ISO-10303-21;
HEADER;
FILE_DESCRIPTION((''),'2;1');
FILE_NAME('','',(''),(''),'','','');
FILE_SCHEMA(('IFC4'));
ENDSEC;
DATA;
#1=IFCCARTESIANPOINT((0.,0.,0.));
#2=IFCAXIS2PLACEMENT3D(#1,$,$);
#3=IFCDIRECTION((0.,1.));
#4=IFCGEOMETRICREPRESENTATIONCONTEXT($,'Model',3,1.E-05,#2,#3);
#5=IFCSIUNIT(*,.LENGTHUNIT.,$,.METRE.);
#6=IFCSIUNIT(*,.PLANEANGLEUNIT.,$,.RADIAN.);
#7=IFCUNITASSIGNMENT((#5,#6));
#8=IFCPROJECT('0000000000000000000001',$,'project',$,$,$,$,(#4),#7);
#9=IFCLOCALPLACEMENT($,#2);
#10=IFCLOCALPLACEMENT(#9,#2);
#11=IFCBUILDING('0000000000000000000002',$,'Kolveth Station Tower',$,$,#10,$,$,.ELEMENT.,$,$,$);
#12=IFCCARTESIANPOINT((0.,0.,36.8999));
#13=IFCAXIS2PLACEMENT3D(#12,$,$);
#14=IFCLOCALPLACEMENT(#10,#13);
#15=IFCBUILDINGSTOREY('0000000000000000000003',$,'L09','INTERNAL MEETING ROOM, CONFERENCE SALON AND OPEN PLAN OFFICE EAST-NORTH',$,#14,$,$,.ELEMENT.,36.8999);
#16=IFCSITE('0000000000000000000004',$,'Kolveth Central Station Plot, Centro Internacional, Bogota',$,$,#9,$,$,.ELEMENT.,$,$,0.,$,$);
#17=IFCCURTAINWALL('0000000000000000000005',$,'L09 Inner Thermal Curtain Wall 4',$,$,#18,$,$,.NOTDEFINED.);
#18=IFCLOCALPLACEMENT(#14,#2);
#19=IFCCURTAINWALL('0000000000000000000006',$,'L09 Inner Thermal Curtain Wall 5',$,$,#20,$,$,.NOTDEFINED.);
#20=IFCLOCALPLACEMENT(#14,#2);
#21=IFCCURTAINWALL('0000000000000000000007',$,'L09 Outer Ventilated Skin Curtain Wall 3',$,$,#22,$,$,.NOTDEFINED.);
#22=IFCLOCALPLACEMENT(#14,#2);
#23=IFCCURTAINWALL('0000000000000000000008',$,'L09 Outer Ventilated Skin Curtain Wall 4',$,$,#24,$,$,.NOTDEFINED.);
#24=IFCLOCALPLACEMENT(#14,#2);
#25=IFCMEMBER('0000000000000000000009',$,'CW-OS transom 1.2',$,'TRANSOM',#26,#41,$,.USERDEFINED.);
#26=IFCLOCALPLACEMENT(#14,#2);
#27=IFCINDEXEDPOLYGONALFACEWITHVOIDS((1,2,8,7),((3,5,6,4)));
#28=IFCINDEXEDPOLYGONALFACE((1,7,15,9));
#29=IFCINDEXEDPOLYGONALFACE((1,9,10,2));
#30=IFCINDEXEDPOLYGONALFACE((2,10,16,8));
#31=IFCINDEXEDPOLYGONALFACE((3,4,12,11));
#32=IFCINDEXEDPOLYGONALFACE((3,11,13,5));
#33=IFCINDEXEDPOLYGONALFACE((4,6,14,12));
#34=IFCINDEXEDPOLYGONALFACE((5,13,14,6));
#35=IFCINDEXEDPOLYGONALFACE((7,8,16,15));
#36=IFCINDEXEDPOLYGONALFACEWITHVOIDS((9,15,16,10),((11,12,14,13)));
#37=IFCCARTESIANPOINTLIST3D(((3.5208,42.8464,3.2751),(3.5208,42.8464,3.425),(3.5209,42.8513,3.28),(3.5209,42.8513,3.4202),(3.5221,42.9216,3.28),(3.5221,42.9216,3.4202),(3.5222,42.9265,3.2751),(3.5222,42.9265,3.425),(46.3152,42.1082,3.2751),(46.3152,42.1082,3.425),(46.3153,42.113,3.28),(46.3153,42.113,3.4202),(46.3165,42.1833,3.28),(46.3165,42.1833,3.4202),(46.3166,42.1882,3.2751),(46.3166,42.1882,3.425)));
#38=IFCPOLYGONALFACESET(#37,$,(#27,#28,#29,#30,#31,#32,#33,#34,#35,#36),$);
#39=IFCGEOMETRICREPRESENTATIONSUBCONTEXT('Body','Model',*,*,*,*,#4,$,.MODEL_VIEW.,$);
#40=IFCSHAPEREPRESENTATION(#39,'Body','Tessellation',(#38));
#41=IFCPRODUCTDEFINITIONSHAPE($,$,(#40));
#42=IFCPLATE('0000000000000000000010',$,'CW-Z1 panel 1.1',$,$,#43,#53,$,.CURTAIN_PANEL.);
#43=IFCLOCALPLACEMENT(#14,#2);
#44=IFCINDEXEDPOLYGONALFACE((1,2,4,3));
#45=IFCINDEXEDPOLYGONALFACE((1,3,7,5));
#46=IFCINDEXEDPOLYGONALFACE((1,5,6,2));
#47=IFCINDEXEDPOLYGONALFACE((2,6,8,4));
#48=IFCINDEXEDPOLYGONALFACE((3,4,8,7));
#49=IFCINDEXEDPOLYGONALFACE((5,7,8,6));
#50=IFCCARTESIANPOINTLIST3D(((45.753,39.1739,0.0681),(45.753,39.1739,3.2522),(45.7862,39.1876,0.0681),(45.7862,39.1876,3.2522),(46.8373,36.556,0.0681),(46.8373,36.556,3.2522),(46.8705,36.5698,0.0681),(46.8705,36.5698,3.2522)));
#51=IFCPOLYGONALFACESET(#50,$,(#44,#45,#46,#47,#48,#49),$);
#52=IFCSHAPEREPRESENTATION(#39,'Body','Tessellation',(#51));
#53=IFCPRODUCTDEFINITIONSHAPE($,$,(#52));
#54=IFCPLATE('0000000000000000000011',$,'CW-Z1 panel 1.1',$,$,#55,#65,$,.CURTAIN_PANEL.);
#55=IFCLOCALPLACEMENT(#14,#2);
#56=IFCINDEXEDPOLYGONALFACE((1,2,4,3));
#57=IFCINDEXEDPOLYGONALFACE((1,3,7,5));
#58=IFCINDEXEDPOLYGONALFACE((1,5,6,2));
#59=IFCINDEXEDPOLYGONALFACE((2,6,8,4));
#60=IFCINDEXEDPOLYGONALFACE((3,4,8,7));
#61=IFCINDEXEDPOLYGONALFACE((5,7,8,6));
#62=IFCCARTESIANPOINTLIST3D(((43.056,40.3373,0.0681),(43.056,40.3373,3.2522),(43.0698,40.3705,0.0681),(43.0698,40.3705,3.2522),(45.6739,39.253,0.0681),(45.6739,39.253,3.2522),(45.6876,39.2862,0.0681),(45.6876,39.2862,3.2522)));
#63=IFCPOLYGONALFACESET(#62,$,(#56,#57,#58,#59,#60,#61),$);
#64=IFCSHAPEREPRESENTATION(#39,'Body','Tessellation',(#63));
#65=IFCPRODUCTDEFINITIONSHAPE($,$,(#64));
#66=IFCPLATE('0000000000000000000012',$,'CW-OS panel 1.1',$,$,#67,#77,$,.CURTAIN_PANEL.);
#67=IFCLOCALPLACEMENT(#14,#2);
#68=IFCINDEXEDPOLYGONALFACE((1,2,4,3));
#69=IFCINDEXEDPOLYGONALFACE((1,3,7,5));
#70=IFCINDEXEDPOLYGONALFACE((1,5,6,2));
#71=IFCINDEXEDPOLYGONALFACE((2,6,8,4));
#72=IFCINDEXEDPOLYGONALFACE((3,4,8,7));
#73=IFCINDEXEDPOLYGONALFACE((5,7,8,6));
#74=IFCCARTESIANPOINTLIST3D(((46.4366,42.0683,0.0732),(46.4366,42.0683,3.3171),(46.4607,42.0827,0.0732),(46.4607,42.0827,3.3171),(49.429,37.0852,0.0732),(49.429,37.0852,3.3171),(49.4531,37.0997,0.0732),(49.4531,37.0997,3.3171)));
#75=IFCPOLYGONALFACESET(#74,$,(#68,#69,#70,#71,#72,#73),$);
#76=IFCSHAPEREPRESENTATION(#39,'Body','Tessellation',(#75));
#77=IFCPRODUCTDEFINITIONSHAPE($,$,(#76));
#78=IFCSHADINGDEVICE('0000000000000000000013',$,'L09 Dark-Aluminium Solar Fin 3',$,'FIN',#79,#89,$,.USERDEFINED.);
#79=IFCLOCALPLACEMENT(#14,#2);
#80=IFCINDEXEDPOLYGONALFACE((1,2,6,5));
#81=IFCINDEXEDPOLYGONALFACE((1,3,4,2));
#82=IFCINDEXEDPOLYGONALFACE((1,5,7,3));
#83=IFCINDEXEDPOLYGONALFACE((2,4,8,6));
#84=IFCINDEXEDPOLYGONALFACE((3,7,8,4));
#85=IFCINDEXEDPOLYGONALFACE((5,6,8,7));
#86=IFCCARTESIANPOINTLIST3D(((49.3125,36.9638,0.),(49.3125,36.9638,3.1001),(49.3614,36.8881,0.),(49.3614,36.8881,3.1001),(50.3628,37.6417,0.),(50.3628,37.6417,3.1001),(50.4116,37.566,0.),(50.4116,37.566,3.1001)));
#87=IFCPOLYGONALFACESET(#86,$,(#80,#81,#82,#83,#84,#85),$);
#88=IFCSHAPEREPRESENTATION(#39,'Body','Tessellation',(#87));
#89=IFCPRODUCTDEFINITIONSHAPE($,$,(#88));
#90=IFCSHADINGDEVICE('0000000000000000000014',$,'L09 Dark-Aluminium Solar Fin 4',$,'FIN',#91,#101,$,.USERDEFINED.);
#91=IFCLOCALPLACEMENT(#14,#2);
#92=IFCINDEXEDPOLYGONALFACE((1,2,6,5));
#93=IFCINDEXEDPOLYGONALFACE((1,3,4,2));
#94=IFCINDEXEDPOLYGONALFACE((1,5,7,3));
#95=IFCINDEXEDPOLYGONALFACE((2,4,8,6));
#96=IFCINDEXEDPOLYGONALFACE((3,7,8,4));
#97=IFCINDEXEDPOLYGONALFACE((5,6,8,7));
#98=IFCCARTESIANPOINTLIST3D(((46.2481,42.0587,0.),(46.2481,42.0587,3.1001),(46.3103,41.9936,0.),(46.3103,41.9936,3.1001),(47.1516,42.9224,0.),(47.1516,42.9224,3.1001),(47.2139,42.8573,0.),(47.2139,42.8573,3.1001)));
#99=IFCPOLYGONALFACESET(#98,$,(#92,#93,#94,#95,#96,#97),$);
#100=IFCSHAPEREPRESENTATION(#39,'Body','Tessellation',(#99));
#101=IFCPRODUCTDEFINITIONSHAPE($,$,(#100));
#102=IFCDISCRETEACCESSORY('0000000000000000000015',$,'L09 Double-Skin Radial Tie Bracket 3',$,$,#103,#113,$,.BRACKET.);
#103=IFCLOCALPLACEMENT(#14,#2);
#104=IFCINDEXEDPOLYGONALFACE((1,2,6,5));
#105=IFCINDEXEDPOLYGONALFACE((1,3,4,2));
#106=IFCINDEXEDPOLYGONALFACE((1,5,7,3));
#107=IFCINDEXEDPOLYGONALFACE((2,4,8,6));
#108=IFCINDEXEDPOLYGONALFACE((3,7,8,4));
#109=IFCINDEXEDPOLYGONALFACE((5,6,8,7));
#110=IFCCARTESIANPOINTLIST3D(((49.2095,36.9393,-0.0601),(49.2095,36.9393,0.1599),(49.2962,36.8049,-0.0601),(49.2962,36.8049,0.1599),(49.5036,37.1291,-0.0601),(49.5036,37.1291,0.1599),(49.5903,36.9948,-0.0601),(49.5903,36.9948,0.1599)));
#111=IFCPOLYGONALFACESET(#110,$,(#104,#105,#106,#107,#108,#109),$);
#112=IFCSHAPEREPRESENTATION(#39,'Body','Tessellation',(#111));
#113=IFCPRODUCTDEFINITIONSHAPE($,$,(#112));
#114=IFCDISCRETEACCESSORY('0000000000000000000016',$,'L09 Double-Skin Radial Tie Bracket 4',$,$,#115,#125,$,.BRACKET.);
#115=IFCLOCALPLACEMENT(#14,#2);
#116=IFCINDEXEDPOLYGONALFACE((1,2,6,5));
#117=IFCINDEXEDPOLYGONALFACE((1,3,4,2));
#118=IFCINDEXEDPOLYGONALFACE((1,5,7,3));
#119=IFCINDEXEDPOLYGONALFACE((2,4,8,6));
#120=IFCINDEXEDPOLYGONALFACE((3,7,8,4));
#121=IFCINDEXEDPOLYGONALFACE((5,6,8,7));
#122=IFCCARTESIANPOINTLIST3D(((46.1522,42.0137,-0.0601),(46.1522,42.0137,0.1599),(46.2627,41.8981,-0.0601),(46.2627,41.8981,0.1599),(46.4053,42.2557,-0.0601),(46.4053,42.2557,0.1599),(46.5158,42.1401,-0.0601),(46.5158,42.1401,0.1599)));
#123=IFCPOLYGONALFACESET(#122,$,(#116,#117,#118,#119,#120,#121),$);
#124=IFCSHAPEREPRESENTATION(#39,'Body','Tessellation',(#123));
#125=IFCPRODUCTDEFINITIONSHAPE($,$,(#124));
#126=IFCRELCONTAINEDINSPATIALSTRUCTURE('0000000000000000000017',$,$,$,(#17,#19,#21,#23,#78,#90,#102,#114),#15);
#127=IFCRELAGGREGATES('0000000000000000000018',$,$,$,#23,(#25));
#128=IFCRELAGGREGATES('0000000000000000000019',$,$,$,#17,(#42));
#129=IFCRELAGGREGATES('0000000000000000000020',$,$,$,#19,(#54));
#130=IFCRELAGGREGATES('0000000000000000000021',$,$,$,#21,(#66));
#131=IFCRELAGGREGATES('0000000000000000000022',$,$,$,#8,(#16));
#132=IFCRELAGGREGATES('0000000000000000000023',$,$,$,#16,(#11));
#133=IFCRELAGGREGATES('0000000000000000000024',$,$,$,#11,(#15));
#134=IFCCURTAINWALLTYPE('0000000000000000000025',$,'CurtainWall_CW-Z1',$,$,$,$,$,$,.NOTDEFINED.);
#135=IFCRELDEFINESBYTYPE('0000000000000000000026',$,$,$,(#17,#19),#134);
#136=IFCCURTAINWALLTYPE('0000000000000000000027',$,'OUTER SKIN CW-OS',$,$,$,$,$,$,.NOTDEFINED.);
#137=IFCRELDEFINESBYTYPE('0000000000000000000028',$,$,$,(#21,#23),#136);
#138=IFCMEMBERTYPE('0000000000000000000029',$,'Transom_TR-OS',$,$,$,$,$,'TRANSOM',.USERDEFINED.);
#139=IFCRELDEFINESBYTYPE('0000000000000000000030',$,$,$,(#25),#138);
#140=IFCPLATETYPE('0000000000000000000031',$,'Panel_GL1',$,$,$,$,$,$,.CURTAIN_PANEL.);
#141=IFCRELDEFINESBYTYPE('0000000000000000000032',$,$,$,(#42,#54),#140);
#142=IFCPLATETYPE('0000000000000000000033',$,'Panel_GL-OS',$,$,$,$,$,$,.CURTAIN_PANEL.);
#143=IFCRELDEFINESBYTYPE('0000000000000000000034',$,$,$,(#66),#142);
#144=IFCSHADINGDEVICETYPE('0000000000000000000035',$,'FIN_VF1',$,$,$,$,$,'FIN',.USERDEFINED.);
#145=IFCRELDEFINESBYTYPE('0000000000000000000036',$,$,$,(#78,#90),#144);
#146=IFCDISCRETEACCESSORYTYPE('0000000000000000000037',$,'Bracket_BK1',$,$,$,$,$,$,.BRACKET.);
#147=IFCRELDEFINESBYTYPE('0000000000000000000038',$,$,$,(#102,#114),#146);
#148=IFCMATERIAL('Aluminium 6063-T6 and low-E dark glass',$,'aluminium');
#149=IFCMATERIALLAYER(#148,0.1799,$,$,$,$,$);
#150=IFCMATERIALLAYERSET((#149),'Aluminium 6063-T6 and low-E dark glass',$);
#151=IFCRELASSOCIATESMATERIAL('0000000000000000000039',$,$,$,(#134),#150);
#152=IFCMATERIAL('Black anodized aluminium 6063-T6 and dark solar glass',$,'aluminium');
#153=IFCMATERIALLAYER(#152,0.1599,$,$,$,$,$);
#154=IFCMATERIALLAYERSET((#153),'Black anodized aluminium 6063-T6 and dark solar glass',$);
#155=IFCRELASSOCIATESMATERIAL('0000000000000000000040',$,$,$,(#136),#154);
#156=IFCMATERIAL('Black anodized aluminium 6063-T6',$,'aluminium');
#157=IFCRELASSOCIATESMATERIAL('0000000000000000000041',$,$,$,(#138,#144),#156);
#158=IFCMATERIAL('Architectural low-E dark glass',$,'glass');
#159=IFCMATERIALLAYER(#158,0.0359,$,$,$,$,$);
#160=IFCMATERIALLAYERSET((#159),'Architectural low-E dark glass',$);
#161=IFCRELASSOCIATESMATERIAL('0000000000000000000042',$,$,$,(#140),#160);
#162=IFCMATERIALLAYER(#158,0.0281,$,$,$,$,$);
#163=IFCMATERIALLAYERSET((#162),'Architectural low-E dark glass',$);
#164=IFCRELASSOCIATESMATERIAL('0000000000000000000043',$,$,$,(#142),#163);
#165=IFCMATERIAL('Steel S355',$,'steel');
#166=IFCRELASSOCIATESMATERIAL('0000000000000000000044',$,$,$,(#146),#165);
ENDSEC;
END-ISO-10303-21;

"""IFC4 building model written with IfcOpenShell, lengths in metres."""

from ifc_helpers import new_model, si_unit, direction, frame, origin, origin_2d, place, context, subcontext, project, spatial, rectangle, hollow_rectangle, extrude, source, transform, mapped, material, layer, layer_set, material_profile, profile_set, type_object, element, aggregate, save


model = new_model("IFC4")

# Units and contexts
model_context = context("Model", 3, precision=1e-05, world=origin(), true_north=direction((0.0, 1.0)))
body_context = subcontext(model_context, "Body", "Model", "MODEL_VIEW")
ifc_project = project(units=[si_unit("LENGTHUNIT", "METRE"), si_unit("PLANEANGLEUNIT", "RADIAN")], contexts=[model_context])

# Site, building, storey
site_placement = place(None, origin())
site = spatial("IfcSite", under=ifc_project, at=site_placement, Name="Kolveth Central Station Plot, Centro Internacional, Bogota", CompositionType="ELEMENT", RefElevation=0.0)
building_placement = place(site_placement, origin())
building = spatial("IfcBuilding", under=site, at=building_placement, Name="Kolveth Station Tower", CompositionType="ELEMENT")
storey_placement = place(building_placement, frame((0.0, 0.0, 36.8999)))
storey = spatial("IfcBuildingStorey", under=building, at=storey_placement, Name="L09", Description="INTERNAL MEETING ROOM, CONFERENCE SALON AND OPEN PLAN OFFICE EAST-NORTH", CompositionType="ELEMENT", Elevation=36.8999)

# Shared definitions
ifc_material_1 = material(Name="Steel S355", Category="steel")

# Curtain wall
ifc_material_2 = material(Name="Aluminium 6063-T6 and low-E dark glass", Category="aluminium")
ifc_layer_1 = layer(ifc_material_2, 0.1799)
ifc_layer_set_1 = layer_set([ifc_layer_1], Name="Aluminium 6063-T6 and low-E dark glass")
curtain_wall_type_1 = type_object("IfcCurtainWallType", Name="CurtainWall_CW-Z1", PredefinedType="NOTDEFINED", material=ifc_layer_set_1)
curtain_wall_1_placement = place(storey_placement, origin())
curtain_wall_1 = element("IfcCurtainWall", 1, at=curtain_wall_1_placement, inside=storey, type_object=curtain_wall_type_1, Name="L09 Inner Thermal Curtain Wall 4", PredefinedType="NOTDEFINED")
ifc_material_3 = material(Name="Black anodized aluminium 6063-T6", Category="aluminium")

# Curtain wall
curtain_wall_2_placement = place(storey_placement, origin())
curtain_wall_2 = element("IfcCurtainWall", 2, at=curtain_wall_2_placement, inside=storey, type_object=curtain_wall_type_1, Name="L09 Inner Thermal Curtain Wall 5", PredefinedType="NOTDEFINED")

# Shared definitions
ifc_material_4 = material(Name="Black anodized aluminium 6063-T6 and dark solar glass", Category="aluminium")
ifc_layer_2 = layer(ifc_material_4, 0.1599)
ifc_layer_set_2 = layer_set([ifc_layer_2], Name="Black anodized aluminium 6063-T6 and dark solar glass")
curtain_wall_type_2 = type_object("IfcCurtainWallType", Name="OUTER SKIN CW-OS", PredefinedType="NOTDEFINED", material=ifc_layer_set_2)

# Curtain wall
curtain_wall_3_placement = place(storey_placement, origin())
curtain_wall_3 = element("IfcCurtainWall", 3, at=curtain_wall_3_placement, inside=storey, type_object=curtain_wall_type_2, Name="L09 Outer Ventilated Skin Curtain Wall 3", PredefinedType="NOTDEFINED")

# Curtain wall
curtain_wall_4_placement = place(storey_placement, origin())
curtain_wall_4 = element("IfcCurtainWall", 4, at=curtain_wall_4_placement, inside=storey, type_object=curtain_wall_type_2, Name="L09 Outer Ventilated Skin Curtain Wall 4", PredefinedType="NOTDEFINED")

# Member
ifc_material_profile_1 = material_profile(ifc_material_3, hollow_rectangle(XDim=0.0801, YDim=0.1499, WallThickness=0.0049, at=origin_2d()), Name="ALU-80x150x5")
ifc_profile_set_1 = profile_set([ifc_material_profile_1], Name="Black anodized aluminium 6063-T6")
member_type_1 = type_object("IfcMemberType", Name="Transom_TR-OS", ElementType="TRANSOM", PredefinedType="USERDEFINED", material=ifc_profile_set_1)
shared_shape_1 = source(origin(), body_context, "Body", "SweptSolid", [
    extrude(hollow_rectangle(XDim=0.0801, YDim=0.1499, WallThickness=0.0049, at=origin_2d()), origin(), (0.0, 0.0, 1.0), 42.8008),
])
member_1_placement = place(storey_placement, frame((46.3159, 42.1482, 3.3501), z_axis=(-0.999851, 0.017249, 0.0), x_axis=(-0.017249, -0.999851, 0.0)))
member_1 = element("IfcMember", 5, at=member_1_placement, type_object=member_type_1, Name="CW-OS transom 1.2", ObjectType="TRANSOM", PredefinedType="USERDEFINED", context=body_context, shape_type="MappedRepresentation", body=[
    mapped(shared_shape_1, transform((0.0, 0.0, 0.0), x_axis=(1.0, 0.0, 0.0), y_axis=(0.0, 1.0, 0.0), z_axis=(0.0, 0.0, 1.0), scale=1.0)),
])
aggregate(curtain_wall_4, [member_1])

# Plates
ifc_material_5 = material(Name="Architectural low-E dark glass", Category="glass")
ifc_layer_3 = layer(ifc_material_5, 0.0359)
ifc_layer_set_3 = layer_set([ifc_layer_3], Name="Architectural low-E dark glass")
plate_type_1 = type_object("IfcPlateType", Name="Panel_GL1", PredefinedType="CURTAIN_PANEL", material=ifc_layer_set_3)
shared_shape_2 = source(origin(), body_context, "Body", "SweptSolid", [
    extrude(rectangle(XDim=2.8335, YDim=0.0359, at=origin_2d()), origin(), (0.0, 0.0, 1.0), 3.1841),
])
plate_1_placement = place(storey_placement, frame((46.3118, 37.8718, 0.0681), z_axis=(0.0, 0.0, 1.0), x_axis=(-0.382673, 0.923884, 0.0)))
plate_1 = element("IfcPlate", 6, at=plate_1_placement, type_object=plate_type_1, Name="CW-Z1 panel 1.1", PredefinedType="CURTAIN_PANEL", context=body_context, shape_type="MappedRepresentation", body=[
    mapped(shared_shape_2, transform((0.0, 0.0, 0.0), x_axis=(1.0, 0.0, 0.0), y_axis=(0.0, 1.0, 0.0), z_axis=(0.0, 0.0, 1.0), scale=1.0)),
])
aggregate(curtain_wall_1, [plate_1])
plate_2_placement = place(storey_placement, frame((44.3718, 39.8118, 0.0681), z_axis=(0.0, 0.0, 1.0), x_axis=(-0.923884, 0.382673, 0.0)))
plate_2 = element("IfcPlate", 7, at=plate_2_placement, type_object=plate_type_1, Name="CW-Z1 panel 1.1", PredefinedType="CURTAIN_PANEL", context=body_context, shape_type="MappedRepresentation", body=[
    mapped(shared_shape_2, transform((0.0, 0.0, 0.0), x_axis=(1.0, 0.0, 0.0), y_axis=(0.0, 1.0, 0.0), z_axis=(0.0, 0.0, 1.0), scale=1.0)),
])
aggregate(curtain_wall_2, [plate_2])
ifc_layer_4 = layer(ifc_material_5, 0.0281)
ifc_layer_set_4 = layer_set([ifc_layer_4], Name="Architectural low-E dark glass")
plate_type_2 = type_object("IfcPlateType", Name="Panel_GL-OS", PredefinedType="CURTAIN_PANEL", material=ifc_layer_set_4)
shared_shape_3 = source(origin(), body_context, "Body", "SweptSolid", [
    extrude(rectangle(XDim=5.8125, YDim=0.0281, at=origin_2d()), origin(), (0.0, 0.0, 1.0), 3.2439),
])
plate_3_placement = place(storey_placement, frame((47.9448, 39.584, 0.0732), z_axis=(0.0, 0.0, 1.0), x_axis=(-0.514823, 0.857297, 0.0)))
plate_3 = element("IfcPlate", 8, at=plate_3_placement, type_object=plate_type_2, Name="CW-OS panel 1.1", PredefinedType="CURTAIN_PANEL", context=body_context, shape_type="MappedRepresentation", body=[
    mapped(shared_shape_3, transform((0.0, 0.0, 0.0), x_axis=(1.0, 0.0, 0.0), y_axis=(0.0, 1.0, 0.0), z_axis=(0.0, 0.0, 1.0), scale=1.0)),
])
aggregate(curtain_wall_3, [plate_3])

# Shading devices
shading_device_type = type_object("IfcShadingDeviceType", Name="FIN_VF1", ElementType="FIN", PredefinedType="USERDEFINED", material=ifc_material_3)
shared_shape_4 = source(origin(), body_context, "Body", "SweptSolid", [
    extrude(rectangle(XDim=1.25, YDim=0.0901, at=origin_2d()), origin(), (0.0, 0.0, 1.0), 3.1001),
])
for number, where, z_axis, x_axis, name in (
    (9, (49.8621, 37.2649, 0.0), (0.0, 0.0, 1.0), (0.840188, 0.542295, 0.0), "L09 Dark-Aluminium Solar Fin 3"),
    (10, (46.731, 42.458, 0.0), (0.0, 0.0, 1.0), (0.722847, 0.691009, 0.0), "L09 Dark-Aluminium Solar Fin 4"),
):
    element("IfcShadingDevice", number, at=place(storey_placement, frame(where, z_axis=z_axis, x_axis=x_axis)), inside=storey, type_object=shading_device_type, Name=name, ObjectType="FIN", PredefinedType="USERDEFINED", context=body_context, shape_type="MappedRepresentation", body=[
        mapped(shared_shape_4, transform((0.0, 0.0, 0.0), x_axis=(1.0, 0.0, 0.0), y_axis=(0.0, 1.0, 0.0), z_axis=(0.0, 0.0, 1.0), scale=1.0)),
    ])

# Discrete accessories
discrete_accessory_type = type_object("IfcDiscreteAccessoryType", Name="Bracket_BK1", PredefinedType="BRACKET", material=ifc_material_1)
shared_shape_5 = source(origin(), body_context, "Body", "SweptSolid", [
    extrude(rectangle(XDim=0.3501, YDim=0.1599, at=origin_2d()), origin(), (0.0, 0.0, 1.0), 0.22),
])
for number, where, z_axis, x_axis, name in (
    (11, (49.3999, 36.967, -0.0601), (0.0, 0.0, 1.0), (0.840188, 0.542295, 0.0), "L09 Double-Skin Radial Tie Bracket 3"),
    (12, (46.334, 42.0769, -0.0601), (0.0, 0.0, 1.0), (0.722847, 0.691009, 0.0), "L09 Double-Skin Radial Tie Bracket 4"),
):
    element("IfcDiscreteAccessory", number, at=place(storey_placement, frame(where, z_axis=z_axis, x_axis=x_axis)), inside=storey, type_object=discrete_accessory_type, Name=name, PredefinedType="BRACKET", context=body_context, shape_type="MappedRepresentation", body=[
        mapped(shared_shape_5, transform((0.0, 0.0, 0.0), x_axis=(1.0, 0.0, 0.0), y_axis=(0.0, 1.0, 0.0), z_axis=(0.0, 0.0, 1.0), scale=1.0)),
    ])

save(model, "model.ifc")
